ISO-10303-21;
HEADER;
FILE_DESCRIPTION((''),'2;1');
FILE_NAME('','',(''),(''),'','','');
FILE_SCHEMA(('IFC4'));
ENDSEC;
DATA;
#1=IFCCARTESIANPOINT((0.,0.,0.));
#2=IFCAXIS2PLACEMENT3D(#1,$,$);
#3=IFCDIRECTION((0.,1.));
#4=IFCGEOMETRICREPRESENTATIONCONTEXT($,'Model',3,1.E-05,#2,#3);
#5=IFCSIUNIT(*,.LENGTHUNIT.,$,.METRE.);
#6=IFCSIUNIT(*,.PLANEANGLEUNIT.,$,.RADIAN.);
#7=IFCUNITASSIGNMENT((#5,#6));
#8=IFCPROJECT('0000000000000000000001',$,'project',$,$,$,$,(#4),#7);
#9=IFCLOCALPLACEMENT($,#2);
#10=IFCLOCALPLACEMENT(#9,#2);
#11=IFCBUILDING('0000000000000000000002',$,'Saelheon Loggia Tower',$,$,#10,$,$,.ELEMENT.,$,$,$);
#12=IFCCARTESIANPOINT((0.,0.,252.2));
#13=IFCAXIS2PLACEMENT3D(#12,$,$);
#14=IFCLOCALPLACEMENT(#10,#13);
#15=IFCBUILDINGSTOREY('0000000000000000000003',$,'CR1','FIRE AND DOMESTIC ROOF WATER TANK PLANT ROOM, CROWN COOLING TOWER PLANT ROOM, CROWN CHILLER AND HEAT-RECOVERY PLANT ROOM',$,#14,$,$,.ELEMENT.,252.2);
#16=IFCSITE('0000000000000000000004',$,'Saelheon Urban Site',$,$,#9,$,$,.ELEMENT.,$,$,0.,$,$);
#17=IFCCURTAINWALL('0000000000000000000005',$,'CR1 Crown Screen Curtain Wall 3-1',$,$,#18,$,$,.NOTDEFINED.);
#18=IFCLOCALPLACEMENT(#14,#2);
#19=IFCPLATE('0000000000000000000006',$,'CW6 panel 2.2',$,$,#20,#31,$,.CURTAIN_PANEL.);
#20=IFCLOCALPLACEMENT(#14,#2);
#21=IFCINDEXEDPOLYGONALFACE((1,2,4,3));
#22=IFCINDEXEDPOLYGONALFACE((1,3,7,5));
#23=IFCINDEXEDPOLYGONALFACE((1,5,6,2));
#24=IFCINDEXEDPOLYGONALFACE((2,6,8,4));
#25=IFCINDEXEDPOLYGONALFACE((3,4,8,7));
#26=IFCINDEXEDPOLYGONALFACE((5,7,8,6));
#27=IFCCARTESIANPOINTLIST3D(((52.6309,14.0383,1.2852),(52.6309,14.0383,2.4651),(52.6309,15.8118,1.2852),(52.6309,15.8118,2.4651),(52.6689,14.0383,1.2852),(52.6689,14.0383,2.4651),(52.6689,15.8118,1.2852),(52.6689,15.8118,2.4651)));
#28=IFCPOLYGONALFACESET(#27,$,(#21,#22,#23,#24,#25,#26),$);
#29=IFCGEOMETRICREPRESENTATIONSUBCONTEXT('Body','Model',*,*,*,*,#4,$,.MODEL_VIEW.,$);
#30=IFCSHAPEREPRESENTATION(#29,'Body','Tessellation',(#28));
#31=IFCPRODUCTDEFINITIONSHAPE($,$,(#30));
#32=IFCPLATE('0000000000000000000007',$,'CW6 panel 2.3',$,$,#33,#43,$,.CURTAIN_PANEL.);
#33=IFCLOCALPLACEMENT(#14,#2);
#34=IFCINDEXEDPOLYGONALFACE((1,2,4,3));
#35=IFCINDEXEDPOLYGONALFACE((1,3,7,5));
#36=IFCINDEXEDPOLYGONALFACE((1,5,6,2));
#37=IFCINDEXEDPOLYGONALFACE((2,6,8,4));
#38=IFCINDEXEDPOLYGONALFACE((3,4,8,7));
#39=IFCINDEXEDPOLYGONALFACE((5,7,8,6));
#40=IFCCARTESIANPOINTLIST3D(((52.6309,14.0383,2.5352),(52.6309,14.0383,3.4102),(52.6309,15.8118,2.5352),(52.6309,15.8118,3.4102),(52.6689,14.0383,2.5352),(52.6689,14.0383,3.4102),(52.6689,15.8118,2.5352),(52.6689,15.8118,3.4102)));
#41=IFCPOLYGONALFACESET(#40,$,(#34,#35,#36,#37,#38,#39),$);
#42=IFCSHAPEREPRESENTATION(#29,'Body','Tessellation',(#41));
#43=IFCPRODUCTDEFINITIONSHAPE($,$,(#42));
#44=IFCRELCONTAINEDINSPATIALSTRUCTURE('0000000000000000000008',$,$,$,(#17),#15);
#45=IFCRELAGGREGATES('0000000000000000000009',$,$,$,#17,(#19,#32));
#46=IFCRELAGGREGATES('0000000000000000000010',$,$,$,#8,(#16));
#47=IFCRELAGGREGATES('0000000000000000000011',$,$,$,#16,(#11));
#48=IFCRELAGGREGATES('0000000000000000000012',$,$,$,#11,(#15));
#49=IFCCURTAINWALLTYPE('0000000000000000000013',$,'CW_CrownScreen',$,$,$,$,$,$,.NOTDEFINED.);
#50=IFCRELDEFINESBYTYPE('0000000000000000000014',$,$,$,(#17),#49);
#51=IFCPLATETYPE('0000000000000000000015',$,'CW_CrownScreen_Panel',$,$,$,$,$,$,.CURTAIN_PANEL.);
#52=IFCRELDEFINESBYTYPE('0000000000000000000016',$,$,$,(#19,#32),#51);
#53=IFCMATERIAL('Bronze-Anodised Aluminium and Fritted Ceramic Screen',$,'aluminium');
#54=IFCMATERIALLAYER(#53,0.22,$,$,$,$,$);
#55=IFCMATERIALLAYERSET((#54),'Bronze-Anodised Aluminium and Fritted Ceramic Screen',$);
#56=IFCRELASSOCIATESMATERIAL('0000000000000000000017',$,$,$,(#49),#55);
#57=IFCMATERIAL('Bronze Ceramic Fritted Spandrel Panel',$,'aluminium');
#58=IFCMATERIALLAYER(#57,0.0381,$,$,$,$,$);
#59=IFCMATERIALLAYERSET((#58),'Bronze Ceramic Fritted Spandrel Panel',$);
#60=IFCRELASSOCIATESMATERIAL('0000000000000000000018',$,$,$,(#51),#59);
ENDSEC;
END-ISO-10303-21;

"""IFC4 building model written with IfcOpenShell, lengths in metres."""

from ifc_helpers import new_model, si_unit, direction, frame, origin, origin_2d, place, context, subcontext, project, spatial, rectangle, extrude, source, transform, mapped, material, layer, layer_set, type_object, element, aggregate, save


model = new_model("IFC4")

# Units and contexts
model_context = context("Model", 3, precision=1e-05, world=origin(), true_north=direction((0.0, 1.0)))
body_context = subcontext(model_context, "Body", "Model", "MODEL_VIEW")
ifc_project = project(units=[si_unit("LENGTHUNIT", "METRE"), si_unit("PLANEANGLEUNIT", "RADIAN")], contexts=[model_context])

# Site, building, storey
site_placement = place(None, origin())
site = spatial("IfcSite", under=ifc_project, at=site_placement, Name="Saelheon Urban Site", CompositionType="ELEMENT", RefElevation=0.0)
building_placement = place(site_placement, origin())
building = spatial("IfcBuilding", under=site, at=building_placement, Name="Saelheon Loggia Tower", CompositionType="ELEMENT")
storey_placement = place(building_placement, frame((0.0, 0.0, 252.2)))
storey = spatial("IfcBuildingStorey", under=building, at=storey_placement, Name="CR1", Description="FIRE AND DOMESTIC ROOF WATER TANK PLANT ROOM, CROWN COOLING TOWER PLANT ROOM, CROWN CHILLER AND HEAT-RECOVERY PLANT ROOM", CompositionType="ELEMENT", Elevation=252.2)

# Curtain wall, plates
ifc_material_1 = material(Name="Bronze-Anodised Aluminium and Fritted Ceramic Screen", Category="aluminium")
ifc_layer_1 = layer(ifc_material_1, 0.22)
ifc_layer_set_1 = layer_set([ifc_layer_1], Name="Bronze-Anodised Aluminium and Fritted Ceramic Screen")
curtain_wall_type = type_object("IfcCurtainWallType", Name="CW_CrownScreen", PredefinedType="NOTDEFINED", material=ifc_layer_set_1)
curtain_wall_placement = place(storey_placement, origin())
curtain_wall = element("IfcCurtainWall", 1, at=curtain_wall_placement, inside=storey, type_object=curtain_wall_type, Name="CR1 Crown Screen Curtain Wall 3-1", PredefinedType="NOTDEFINED")
ifc_material_2 = material(Name="Bronze Ceramic Fritted Spandrel Panel", Category="aluminium")
ifc_layer_2 = layer(ifc_material_2, 0.0381)
ifc_layer_set_2 = layer_set([ifc_layer_2], Name="Bronze Ceramic Fritted Spandrel Panel")
plate_type = type_object("IfcPlateType", Name="CW_CrownScreen_Panel", PredefinedType="CURTAIN_PANEL", material=ifc_layer_set_2)
shared_shape_1 = source(origin(), body_context, "Body", "SweptSolid", [
    extrude(rectangle(XDim=1.7734, YDim=0.0381, at=origin_2d()), origin(), (0.0, 0.0, 1.0), 1.1799),
])
plate_1_placement = place(storey_placement, frame((52.6499, 14.925, 1.2852), z_axis=(0.0, 0.0, 1.0), x_axis=(0.0, 1.0, 0.0)))
plate_1 = element("IfcPlate", 2, at=plate_1_placement, type_object=plate_type, Name="CW6 panel 2.2", PredefinedType="CURTAIN_PANEL", context=body_context, shape_type="MappedRepresentation", body=[
    mapped(shared_shape_1, transform((0.0, 0.0, 0.0), scale=1.0)),
])
shared_shape_2 = source(origin(), body_context, "Body", "SweptSolid", [
    extrude(rectangle(XDim=1.7734, YDim=0.0381, at=origin_2d()), origin(), (0.0, 0.0, 1.0), 0.875),
])
plate_2_placement = place(storey_placement, frame((52.6499, 14.925, 2.5352), z_axis=(0.0, 0.0, 1.0), x_axis=(0.0, 1.0, 0.0)))
plate_2 = element("IfcPlate", 3, at=plate_2_placement, type_object=plate_type, Name="CW6 panel 2.3", PredefinedType="CURTAIN_PANEL", context=body_context, shape_type="MappedRepresentation", body=[
    mapped(shared_shape_2, transform((0.0, 0.0, 0.0), scale=1.0)),
])
aggregate(curtain_wall, [plate_1, plate_2])

save(model, "model.ifc")
